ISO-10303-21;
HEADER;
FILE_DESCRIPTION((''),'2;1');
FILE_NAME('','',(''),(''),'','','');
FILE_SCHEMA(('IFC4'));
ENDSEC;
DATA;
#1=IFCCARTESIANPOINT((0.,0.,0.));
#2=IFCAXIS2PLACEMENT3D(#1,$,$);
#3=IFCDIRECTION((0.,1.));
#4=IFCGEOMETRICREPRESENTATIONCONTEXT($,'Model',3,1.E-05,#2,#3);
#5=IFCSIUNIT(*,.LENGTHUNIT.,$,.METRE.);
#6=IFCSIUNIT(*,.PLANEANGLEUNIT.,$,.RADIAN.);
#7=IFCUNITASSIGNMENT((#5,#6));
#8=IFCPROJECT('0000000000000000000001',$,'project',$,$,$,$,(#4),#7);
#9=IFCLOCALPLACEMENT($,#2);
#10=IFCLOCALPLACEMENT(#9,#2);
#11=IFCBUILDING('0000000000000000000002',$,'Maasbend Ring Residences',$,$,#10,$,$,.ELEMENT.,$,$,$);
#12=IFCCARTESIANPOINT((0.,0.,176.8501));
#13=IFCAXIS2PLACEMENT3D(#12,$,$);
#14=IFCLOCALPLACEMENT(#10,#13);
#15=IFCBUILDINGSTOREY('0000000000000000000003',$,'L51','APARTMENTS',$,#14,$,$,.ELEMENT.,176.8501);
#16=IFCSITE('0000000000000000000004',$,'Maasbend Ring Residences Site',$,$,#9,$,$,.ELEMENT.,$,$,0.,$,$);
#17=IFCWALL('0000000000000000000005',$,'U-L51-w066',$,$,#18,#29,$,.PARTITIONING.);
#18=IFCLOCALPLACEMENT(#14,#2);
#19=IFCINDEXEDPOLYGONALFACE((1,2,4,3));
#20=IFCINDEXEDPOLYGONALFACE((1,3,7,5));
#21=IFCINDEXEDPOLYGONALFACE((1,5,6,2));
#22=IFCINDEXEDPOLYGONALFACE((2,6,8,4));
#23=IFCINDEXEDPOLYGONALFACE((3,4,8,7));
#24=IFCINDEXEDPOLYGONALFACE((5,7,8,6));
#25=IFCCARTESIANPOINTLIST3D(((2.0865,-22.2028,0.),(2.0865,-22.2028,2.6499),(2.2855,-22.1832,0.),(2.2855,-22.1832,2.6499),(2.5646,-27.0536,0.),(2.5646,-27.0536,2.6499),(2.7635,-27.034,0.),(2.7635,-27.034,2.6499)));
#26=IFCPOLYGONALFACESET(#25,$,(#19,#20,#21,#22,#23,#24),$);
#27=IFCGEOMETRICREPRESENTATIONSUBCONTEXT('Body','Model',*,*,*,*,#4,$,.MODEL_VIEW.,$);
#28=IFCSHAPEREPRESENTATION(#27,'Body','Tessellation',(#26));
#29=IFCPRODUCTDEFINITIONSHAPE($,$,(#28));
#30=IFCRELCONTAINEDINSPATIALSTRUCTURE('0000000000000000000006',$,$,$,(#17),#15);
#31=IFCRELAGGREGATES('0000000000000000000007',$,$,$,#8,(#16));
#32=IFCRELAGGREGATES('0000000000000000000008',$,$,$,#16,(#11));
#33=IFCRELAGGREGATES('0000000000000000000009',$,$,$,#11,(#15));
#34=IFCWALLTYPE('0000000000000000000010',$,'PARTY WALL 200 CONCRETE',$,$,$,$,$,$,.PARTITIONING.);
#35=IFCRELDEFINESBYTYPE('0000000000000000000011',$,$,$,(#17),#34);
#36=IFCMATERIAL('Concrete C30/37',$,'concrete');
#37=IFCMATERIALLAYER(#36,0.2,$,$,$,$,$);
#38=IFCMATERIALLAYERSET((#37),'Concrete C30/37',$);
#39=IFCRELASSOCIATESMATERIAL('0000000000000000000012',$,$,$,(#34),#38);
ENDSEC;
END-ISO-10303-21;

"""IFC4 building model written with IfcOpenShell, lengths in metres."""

from ifc_helpers import new_model, si_unit, direction, frame, frame_2d, origin, place, context, subcontext, project, spatial, rectangle, extrude, material, layer, layer_set, type_object, element, save


model = new_model("IFC4")

# Units and contexts
model_context = context("Model", 3, precision=1e-05, world=origin(), true_north=direction((0.0, 1.0)))
body_context = subcontext(model_context, "Body", "Model", "MODEL_VIEW")
ifc_project = project(units=[si_unit("LENGTHUNIT", "METRE"), si_unit("PLANEANGLEUNIT", "RADIAN")], contexts=[model_context])

# Site, building, storey
site_placement = place(None, origin())
site = spatial("IfcSite", under=ifc_project, at=site_placement, Name="Maasbend Ring Residences Site", CompositionType="ELEMENT", RefElevation=0.0)
building_placement = place(site_placement, origin())
building = spatial("IfcBuilding", under=site, at=building_placement, Name="Maasbend Ring Residences", CompositionType="ELEMENT")
storey_placement = place(building_placement, frame((0.0, 0.0, 176.8501)))
storey = spatial("IfcBuildingStorey", under=building, at=storey_placement, Name="L51", Description="APARTMENTS", CompositionType="ELEMENT", Elevation=176.8501)

# Wall
ifc_material_1 = material(Name="Concrete C30/37", Category="concrete")
ifc_layer_1 = layer(ifc_material_1, 0.2)
ifc_layer_set_1 = layer_set([ifc_layer_1], Name="Concrete C30/37")
wall_type_1 = type_object("IfcWallType", Name="PARTY WALL 200 CONCRETE", PredefinedType="PARTITIONING", material=ifc_layer_set_1)
wall_1_placement = place(storey_placement, frame((2.186, -22.1931, 0.0), z_axis=(0.0, 0.0, 1.0), x_axis=(0.09807, -0.995179, 0.0)))
element("IfcWall", 1, at=wall_1_placement, inside=storey, type_object=wall_type_1, Name="U-L51-w066", PredefinedType="PARTITIONING", context=body_context, shape_type="SweptSolid", body=[
    extrude(rectangle(XDim=4.8743, YDim=0.2, at=frame_2d((2.437, 0.0))), origin(), (0.0, 0.0, 1.0), 2.6499),
])

save(model, "model.ifc")
